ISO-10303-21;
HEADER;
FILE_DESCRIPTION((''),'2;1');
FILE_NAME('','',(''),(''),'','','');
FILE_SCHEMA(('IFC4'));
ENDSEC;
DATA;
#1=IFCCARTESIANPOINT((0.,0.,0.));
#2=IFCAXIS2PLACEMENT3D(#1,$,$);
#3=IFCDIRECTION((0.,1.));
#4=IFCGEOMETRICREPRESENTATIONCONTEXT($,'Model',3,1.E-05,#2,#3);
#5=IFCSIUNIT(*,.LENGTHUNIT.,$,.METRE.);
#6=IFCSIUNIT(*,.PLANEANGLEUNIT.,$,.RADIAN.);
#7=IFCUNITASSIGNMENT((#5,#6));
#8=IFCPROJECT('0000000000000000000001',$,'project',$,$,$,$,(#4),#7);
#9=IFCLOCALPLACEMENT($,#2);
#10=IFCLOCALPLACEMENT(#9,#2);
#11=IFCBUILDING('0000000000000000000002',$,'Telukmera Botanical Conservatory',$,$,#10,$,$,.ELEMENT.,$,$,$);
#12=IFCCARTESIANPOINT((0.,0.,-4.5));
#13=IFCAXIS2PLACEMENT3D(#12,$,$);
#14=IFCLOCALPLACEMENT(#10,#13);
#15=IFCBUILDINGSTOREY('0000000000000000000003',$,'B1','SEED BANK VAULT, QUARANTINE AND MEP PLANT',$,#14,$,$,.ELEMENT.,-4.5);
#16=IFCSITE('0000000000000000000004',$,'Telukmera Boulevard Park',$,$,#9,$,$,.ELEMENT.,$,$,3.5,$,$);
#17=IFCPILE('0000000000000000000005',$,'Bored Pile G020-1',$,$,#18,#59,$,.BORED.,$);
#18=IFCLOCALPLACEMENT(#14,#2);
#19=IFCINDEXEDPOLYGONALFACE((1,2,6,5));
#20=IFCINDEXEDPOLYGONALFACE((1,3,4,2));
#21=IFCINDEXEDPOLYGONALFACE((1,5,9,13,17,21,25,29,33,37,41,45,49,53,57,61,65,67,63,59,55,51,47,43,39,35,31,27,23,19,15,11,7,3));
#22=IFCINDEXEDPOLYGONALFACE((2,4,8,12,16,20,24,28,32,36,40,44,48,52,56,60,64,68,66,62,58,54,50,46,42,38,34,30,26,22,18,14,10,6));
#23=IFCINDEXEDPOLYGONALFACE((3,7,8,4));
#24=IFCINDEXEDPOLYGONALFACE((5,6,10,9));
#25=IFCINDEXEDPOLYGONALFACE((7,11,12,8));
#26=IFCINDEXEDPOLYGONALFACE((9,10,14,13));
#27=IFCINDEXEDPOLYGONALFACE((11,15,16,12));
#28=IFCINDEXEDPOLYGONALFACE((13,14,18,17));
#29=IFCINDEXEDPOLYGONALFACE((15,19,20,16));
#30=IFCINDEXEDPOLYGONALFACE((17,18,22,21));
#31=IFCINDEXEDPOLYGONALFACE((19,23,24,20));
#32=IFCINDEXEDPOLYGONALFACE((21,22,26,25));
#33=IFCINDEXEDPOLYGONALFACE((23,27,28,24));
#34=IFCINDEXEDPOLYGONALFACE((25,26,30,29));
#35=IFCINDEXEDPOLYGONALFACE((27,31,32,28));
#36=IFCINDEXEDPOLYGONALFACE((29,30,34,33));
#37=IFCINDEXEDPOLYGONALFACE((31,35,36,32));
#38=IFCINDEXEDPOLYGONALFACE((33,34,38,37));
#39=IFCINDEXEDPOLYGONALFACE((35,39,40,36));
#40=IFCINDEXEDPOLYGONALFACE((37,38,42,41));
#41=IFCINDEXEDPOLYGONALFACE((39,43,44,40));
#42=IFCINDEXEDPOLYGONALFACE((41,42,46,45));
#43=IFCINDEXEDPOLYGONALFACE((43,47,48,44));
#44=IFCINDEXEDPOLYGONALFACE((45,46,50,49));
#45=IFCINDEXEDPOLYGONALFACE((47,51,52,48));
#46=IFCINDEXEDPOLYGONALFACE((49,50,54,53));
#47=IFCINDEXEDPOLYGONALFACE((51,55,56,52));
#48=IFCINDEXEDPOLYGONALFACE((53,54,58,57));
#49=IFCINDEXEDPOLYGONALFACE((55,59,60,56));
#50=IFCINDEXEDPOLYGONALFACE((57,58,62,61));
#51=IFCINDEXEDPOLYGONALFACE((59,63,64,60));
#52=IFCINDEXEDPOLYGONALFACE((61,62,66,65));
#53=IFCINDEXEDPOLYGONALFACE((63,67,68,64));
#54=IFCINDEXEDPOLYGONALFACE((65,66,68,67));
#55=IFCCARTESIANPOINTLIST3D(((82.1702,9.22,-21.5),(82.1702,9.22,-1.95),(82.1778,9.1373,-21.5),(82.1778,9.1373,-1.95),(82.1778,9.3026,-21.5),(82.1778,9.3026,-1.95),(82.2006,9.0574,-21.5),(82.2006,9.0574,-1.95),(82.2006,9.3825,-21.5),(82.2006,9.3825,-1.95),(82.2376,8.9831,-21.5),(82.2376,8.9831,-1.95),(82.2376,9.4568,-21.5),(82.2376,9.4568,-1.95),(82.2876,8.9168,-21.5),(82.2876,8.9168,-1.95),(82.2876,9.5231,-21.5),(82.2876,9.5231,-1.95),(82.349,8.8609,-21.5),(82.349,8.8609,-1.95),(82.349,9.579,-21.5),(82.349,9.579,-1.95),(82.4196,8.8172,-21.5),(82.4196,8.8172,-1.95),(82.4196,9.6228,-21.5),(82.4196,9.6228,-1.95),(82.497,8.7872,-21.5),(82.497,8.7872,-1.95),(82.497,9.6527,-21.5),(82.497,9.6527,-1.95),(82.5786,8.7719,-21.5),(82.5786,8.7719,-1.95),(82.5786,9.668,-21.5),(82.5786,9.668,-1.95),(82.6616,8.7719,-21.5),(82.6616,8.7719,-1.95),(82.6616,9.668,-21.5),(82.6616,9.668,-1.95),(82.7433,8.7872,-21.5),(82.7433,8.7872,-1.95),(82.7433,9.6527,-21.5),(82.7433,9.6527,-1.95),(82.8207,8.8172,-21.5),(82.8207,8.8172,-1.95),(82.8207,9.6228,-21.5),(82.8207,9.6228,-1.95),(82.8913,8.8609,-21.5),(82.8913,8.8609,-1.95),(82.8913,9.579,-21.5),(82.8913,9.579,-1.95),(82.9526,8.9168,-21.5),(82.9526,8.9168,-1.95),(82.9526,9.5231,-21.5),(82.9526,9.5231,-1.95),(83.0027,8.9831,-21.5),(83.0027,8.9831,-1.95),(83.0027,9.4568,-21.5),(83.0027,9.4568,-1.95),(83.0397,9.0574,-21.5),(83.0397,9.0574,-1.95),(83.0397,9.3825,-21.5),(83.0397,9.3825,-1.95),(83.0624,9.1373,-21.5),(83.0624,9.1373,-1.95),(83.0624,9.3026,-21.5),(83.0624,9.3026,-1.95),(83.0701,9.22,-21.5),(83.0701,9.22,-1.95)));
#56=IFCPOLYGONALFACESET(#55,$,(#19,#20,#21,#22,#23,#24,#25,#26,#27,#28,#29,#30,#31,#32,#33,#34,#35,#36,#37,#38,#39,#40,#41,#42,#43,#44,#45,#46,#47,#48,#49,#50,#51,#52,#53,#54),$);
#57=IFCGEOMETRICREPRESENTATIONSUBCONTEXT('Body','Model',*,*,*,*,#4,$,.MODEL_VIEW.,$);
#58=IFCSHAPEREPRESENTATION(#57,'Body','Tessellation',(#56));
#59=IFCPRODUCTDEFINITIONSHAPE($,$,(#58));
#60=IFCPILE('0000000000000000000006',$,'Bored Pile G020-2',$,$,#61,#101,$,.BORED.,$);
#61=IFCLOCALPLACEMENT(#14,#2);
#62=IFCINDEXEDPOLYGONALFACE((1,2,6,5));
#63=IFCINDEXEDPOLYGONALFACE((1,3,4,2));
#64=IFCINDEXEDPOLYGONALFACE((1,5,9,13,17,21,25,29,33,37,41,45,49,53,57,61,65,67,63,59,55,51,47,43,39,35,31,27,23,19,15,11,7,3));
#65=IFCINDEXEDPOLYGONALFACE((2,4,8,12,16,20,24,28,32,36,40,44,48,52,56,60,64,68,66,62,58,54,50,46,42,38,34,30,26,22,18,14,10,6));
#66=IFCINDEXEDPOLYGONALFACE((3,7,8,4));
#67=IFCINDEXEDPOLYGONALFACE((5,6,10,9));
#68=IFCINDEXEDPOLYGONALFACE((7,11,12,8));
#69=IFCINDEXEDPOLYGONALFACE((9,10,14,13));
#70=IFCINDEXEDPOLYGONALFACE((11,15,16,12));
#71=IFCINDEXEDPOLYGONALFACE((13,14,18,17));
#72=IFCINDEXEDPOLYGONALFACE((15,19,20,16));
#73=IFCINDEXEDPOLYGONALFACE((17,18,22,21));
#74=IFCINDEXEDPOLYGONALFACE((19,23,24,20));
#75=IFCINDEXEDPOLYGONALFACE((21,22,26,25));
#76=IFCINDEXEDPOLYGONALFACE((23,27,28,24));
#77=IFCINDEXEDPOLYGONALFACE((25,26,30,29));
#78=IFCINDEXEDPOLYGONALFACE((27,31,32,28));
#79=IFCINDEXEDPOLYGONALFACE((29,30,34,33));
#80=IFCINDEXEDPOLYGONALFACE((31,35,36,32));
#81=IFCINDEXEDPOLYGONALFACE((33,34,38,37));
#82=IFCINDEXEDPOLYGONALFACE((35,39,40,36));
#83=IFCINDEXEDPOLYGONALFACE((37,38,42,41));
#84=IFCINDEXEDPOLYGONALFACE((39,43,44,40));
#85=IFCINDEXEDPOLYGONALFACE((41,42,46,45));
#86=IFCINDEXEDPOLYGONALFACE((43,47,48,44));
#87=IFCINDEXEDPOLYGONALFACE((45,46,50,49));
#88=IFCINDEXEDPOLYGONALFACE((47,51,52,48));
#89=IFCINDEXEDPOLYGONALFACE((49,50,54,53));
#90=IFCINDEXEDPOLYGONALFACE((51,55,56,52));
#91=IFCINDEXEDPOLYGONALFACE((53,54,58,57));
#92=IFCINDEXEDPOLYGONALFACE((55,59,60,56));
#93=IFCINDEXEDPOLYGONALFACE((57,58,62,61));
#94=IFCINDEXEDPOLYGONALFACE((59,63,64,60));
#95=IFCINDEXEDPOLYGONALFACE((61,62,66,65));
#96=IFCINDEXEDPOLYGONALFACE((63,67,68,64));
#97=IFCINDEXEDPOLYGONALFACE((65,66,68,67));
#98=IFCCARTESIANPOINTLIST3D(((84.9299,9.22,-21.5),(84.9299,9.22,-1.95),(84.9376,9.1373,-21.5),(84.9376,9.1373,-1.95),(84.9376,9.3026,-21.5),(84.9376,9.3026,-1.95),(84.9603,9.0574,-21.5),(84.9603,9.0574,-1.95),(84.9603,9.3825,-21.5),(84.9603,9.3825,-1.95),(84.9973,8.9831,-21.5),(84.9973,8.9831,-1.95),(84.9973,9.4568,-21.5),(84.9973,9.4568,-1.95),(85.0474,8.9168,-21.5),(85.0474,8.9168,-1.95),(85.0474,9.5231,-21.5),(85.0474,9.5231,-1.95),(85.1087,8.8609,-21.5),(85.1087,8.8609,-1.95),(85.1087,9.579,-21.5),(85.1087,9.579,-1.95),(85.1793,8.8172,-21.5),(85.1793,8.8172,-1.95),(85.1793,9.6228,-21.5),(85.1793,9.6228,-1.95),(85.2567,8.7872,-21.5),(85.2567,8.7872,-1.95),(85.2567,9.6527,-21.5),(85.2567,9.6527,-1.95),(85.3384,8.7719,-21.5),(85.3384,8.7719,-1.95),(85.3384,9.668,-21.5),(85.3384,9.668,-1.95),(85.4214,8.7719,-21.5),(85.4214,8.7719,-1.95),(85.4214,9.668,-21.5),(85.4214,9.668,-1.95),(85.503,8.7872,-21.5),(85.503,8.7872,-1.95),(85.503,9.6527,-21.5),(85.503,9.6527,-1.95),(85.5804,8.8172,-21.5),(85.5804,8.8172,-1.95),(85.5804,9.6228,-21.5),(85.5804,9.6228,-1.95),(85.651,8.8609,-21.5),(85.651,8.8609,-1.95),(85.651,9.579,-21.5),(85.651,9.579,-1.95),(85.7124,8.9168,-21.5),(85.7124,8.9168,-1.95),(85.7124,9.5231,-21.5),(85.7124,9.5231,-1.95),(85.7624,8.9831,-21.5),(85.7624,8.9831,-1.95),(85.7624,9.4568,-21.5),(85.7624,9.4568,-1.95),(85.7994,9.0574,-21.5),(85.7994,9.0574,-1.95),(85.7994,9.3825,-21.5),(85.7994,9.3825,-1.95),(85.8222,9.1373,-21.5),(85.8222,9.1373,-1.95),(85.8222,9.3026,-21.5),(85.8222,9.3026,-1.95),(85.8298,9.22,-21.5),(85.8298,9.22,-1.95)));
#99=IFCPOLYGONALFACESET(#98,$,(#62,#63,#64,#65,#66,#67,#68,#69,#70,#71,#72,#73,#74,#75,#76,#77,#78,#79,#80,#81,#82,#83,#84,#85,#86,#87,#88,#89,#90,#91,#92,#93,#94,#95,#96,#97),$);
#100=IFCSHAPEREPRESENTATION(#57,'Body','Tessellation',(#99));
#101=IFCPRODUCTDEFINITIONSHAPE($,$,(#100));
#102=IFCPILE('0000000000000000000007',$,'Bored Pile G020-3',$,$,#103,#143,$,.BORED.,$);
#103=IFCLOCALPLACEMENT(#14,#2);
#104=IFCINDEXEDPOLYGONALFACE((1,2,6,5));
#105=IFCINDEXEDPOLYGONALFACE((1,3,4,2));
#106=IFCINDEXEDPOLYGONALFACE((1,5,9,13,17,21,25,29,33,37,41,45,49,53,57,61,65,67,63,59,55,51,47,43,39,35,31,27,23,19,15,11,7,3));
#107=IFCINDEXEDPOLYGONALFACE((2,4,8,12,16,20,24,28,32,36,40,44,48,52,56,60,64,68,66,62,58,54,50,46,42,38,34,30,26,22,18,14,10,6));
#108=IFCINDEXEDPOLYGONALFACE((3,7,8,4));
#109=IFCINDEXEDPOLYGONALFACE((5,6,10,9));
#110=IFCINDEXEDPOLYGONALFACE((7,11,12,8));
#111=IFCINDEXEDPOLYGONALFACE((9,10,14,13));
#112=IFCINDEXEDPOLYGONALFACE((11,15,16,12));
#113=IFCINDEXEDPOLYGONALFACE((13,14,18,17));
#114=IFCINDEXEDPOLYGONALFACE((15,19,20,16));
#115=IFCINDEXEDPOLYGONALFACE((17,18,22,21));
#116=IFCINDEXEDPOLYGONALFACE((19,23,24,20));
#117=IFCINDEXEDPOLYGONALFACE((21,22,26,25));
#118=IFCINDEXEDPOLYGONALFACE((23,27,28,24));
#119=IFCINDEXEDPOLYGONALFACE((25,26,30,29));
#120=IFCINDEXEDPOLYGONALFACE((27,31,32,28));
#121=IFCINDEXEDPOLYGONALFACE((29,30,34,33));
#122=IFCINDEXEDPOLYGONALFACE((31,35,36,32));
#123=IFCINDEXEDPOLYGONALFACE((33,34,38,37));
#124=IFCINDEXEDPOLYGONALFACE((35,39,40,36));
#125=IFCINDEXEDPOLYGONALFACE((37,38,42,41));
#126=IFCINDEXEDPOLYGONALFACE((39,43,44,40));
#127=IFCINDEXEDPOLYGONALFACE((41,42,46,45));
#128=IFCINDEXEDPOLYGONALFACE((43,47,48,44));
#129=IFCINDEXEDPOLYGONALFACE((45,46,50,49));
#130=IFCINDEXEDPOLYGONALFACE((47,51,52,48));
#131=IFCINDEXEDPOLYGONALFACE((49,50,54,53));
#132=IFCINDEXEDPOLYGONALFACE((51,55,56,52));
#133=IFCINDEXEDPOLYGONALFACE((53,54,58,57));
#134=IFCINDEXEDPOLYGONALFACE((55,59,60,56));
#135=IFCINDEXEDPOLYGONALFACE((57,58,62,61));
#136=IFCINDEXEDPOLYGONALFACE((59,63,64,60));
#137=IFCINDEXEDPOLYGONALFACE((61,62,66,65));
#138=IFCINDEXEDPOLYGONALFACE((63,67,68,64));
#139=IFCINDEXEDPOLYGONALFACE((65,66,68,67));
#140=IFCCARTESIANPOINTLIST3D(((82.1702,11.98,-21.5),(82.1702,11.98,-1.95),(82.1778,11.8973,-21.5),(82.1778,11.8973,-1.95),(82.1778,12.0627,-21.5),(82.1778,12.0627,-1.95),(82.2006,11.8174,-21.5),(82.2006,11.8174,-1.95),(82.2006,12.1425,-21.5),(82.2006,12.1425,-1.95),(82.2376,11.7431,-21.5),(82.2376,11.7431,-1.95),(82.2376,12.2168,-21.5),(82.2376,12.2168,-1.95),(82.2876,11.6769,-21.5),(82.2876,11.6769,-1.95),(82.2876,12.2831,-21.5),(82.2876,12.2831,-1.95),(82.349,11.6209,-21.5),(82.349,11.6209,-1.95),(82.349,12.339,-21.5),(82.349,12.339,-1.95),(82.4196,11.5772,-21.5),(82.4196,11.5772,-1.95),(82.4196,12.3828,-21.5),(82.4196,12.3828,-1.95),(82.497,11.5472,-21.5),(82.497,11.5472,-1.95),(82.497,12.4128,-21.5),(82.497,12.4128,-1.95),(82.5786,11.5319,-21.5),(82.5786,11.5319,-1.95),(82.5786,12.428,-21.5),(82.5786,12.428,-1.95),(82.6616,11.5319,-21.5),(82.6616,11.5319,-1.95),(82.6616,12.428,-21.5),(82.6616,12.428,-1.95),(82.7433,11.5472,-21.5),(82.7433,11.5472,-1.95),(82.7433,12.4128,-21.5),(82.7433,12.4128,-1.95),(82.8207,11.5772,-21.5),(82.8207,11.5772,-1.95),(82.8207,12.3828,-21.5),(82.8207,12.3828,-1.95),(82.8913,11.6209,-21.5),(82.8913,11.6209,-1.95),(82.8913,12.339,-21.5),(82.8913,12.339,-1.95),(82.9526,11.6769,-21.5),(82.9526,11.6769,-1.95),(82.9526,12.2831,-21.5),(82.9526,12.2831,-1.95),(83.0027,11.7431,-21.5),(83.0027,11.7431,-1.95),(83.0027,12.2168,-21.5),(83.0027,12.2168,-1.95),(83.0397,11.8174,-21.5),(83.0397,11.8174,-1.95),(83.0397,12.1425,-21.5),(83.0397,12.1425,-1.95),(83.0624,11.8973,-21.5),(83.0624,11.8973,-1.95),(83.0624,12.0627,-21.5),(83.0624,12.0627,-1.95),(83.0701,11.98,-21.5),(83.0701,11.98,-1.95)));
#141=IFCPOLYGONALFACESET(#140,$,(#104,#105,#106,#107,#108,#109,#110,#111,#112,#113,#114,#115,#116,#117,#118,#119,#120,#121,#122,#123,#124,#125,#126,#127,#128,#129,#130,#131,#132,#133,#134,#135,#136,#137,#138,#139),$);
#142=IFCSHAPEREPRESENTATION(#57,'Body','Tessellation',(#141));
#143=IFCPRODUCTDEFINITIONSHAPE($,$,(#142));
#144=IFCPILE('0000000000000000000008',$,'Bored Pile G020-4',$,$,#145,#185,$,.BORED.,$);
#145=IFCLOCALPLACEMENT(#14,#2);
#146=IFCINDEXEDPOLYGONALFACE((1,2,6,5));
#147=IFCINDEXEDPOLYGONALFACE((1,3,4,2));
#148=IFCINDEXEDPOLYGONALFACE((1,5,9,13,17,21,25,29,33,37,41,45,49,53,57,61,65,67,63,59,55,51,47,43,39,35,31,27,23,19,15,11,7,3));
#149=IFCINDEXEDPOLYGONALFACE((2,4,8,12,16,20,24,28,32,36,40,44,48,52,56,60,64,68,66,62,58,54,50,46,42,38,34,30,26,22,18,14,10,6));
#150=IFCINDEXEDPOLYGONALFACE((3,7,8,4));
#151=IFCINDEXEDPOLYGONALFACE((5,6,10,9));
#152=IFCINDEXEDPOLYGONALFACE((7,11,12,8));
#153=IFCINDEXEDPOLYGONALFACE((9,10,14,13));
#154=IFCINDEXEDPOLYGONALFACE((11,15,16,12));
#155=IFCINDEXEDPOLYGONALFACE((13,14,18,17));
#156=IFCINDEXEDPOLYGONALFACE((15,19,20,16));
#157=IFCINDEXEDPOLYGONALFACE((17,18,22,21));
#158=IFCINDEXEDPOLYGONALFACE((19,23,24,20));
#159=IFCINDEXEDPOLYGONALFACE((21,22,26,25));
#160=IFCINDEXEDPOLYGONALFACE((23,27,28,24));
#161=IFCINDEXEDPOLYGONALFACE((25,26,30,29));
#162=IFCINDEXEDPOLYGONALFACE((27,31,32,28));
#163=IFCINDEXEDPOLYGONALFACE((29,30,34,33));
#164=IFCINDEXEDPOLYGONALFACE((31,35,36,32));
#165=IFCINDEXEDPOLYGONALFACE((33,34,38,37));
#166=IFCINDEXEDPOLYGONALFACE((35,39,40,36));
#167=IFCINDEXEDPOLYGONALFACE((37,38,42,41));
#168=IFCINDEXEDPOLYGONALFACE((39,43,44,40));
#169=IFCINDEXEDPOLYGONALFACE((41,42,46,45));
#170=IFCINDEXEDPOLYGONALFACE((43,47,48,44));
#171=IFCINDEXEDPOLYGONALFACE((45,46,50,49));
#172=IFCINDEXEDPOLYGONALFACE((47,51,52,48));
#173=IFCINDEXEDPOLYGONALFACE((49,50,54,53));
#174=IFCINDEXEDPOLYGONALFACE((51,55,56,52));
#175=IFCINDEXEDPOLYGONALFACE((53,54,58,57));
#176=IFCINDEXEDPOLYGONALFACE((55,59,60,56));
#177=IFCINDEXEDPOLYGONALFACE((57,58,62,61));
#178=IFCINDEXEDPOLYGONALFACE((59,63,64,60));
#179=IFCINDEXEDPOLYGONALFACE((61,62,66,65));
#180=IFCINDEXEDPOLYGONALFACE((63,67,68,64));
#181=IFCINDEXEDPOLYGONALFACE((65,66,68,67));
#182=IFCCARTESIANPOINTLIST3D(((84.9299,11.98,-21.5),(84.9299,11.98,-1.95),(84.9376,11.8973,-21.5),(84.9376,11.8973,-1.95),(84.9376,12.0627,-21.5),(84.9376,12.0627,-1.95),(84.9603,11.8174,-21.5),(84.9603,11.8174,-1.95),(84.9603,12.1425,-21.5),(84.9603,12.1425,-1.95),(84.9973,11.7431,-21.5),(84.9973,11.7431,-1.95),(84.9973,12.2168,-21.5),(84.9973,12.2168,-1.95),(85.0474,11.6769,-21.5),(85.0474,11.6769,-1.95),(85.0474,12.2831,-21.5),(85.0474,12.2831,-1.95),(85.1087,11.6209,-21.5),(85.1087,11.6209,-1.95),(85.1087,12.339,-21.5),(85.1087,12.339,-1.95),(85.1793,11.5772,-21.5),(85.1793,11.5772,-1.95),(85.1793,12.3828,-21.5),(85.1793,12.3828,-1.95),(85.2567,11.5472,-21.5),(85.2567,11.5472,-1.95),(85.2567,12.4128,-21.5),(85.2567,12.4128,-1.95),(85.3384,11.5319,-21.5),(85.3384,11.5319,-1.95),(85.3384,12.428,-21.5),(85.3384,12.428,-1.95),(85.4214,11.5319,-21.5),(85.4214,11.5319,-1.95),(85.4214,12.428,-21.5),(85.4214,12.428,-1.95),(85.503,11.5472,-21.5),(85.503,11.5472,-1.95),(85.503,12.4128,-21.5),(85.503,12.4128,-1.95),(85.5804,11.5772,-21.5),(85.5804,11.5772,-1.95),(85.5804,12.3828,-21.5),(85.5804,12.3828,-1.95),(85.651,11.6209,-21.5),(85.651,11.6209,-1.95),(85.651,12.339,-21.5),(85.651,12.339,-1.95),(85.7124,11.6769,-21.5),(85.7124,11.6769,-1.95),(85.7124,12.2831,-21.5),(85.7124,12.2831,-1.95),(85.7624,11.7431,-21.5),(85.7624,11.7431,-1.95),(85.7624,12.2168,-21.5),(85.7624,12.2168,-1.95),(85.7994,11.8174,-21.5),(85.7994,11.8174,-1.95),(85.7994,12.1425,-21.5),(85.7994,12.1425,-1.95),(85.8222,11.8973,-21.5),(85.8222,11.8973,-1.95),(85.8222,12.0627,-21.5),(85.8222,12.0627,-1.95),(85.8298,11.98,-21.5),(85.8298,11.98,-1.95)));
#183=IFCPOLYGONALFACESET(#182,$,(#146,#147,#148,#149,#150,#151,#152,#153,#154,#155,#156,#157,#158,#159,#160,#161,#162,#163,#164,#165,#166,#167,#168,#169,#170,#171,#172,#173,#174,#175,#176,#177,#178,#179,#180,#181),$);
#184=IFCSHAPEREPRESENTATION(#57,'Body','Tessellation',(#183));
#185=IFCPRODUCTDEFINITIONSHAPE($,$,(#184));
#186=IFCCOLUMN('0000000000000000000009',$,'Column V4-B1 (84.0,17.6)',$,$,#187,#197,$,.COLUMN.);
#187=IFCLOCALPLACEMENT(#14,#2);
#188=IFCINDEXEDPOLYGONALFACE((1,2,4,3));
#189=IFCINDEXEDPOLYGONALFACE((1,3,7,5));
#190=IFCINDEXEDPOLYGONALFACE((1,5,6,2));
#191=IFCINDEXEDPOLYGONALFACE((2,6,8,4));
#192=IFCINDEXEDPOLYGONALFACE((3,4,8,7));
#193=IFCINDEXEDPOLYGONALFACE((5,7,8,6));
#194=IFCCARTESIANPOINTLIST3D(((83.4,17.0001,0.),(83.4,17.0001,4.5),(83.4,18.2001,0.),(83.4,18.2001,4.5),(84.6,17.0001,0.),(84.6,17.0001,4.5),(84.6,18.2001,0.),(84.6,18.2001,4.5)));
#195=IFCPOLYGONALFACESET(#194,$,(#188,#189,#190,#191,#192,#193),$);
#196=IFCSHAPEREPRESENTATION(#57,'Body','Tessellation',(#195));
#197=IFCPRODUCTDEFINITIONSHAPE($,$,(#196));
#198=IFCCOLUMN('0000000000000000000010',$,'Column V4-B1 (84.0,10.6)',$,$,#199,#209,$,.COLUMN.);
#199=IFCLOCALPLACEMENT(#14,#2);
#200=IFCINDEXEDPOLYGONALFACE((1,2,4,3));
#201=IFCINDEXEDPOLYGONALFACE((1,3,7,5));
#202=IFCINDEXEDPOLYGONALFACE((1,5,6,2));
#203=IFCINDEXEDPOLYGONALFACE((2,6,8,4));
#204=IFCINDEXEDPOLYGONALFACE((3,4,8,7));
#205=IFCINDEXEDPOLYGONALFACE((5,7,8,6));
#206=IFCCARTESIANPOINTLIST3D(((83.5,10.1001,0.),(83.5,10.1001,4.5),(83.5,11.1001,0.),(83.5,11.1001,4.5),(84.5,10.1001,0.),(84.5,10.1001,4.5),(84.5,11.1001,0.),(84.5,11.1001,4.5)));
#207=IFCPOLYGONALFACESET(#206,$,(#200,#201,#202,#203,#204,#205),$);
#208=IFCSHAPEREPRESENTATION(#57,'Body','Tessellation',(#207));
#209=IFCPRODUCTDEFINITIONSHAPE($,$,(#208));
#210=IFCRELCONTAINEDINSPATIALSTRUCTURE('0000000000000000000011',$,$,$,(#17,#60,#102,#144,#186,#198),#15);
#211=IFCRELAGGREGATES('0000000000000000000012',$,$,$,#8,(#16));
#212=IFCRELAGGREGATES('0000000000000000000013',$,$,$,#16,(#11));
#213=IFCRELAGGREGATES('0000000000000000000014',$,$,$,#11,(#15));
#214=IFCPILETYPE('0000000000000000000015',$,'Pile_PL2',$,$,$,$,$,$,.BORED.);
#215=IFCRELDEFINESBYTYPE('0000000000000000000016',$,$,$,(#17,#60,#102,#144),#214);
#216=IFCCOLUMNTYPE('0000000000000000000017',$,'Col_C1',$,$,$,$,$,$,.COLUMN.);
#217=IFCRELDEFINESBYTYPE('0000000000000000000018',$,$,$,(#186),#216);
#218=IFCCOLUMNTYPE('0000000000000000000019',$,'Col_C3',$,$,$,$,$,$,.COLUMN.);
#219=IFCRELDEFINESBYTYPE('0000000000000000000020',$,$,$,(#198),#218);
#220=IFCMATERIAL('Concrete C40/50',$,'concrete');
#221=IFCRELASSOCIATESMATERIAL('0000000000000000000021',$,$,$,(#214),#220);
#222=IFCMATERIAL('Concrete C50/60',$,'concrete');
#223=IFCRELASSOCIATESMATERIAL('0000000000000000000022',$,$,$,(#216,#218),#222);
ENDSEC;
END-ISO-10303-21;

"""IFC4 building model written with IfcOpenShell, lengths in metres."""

from ifc_helpers import new_model, si_unit, direction, frame, origin, origin_2d, place, context, subcontext, project, spatial, rectangle, circle, extrude, material, material_profile, profile_set, type_object, element, save


model = new_model("IFC4")

# Units and contexts
model_context = context("Model", 3, precision=1e-05, world=origin(), true_north=direction((0.0, 1.0)))
body_context = subcontext(model_context, "Body", "Model", "MODEL_VIEW")
ifc_project = project(units=[si_unit("LENGTHUNIT", "METRE"), si_unit("PLANEANGLEUNIT", "RADIAN")], contexts=[model_context])

# Site, building, storey
site_placement = place(None, origin())
site = spatial("IfcSite", under=ifc_project, at=site_placement, Name="Telukmera Boulevard Park", CompositionType="ELEMENT", RefElevation=3.5)
building_placement = place(site_placement, origin())
building = spatial("IfcBuilding", under=site, at=building_placement, Name="Telukmera Botanical Conservatory", CompositionType="ELEMENT")
storey_placement = place(building_placement, frame((0.0, 0.0, -4.5)))
storey = spatial("IfcBuildingStorey", under=building, at=storey_placement, Name="B1", Description="SEED BANK VAULT, QUARANTINE AND MEP PLANT", CompositionType="ELEMENT", Elevation=-4.5)

# Shared definitions
ifc_material_1 = material(Name="Concrete C50/60", Category="concrete")
ifc_material_2 = material(Name="Concrete C40/50", Category="concrete")

# Piles
ifc_material_profile_1 = material_profile(ifc_material_2, circle(Radius=0.45, at=origin_2d()), Name="PILE D900")
ifc_profile_set_1 = profile_set([ifc_material_profile_1], Name="Concrete C40/50")
pile_type_1 = type_object("IfcPileType", Name="Pile_PL2", PredefinedType="BORED", material=ifc_profile_set_1)
for number, where, z_axis, x_axis, name in (
    (1, (82.6201, 9.22, -1.95), (0.0, 0.0, -1.0), (1.0, 0.0, 0.0), "Bored Pile G020-1"),
    (2, (85.3799, 9.22, -1.95), (0.0, 0.0, -1.0), (1.0, 0.0, 0.0), "Bored Pile G020-2"),
    (3, (82.6201, 11.98, -1.95), (0.0, 0.0, -1.0), (1.0, 0.0, 0.0), "Bored Pile G020-3"),
    (4, (85.3799, 11.98, -1.95), (0.0, 0.0, -1.0), (1.0, 0.0, 0.0), "Bored Pile G020-4"),
):
    element("IfcPile", number, at=place(storey_placement, frame(where, z_axis=z_axis, x_axis=x_axis)), inside=storey, type_object=pile_type_1, Name=name, PredefinedType="BORED", context=body_context, shape_type="SweptSolid", body=[
        extrude(circle(Radius=0.45, at=origin_2d()), origin(), (0.0, 0.0, 1.0), 19.55),
    ])

# Columns
ifc_material_profile_2 = material_profile(ifc_material_1, rectangle(XDim=1.2, YDim=1.2, at=origin_2d()), Name="RC 1200x1200")
ifc_profile_set_2 = profile_set([ifc_material_profile_2], Name="Concrete C50/60")
column_type_1 = type_object("IfcColumnType", Name="Col_C1", PredefinedType="COLUMN", material=ifc_profile_set_2)
column_1_placement = place(storey_placement, frame((84.0, 17.6001, 0.0), z_axis=(0.0, 0.0, 1.0), x_axis=(1.0, 0.0, 0.0)))
element("IfcColumn", 5, at=column_1_placement, inside=storey, type_object=column_type_1, Name="Column V4-B1 (84.0,17.6)", PredefinedType="COLUMN", context=body_context, shape_type="SweptSolid", body=[
    extrude(rectangle(XDim=1.2, YDim=1.2, at=origin_2d()), origin(), (0.0, 0.0, 1.0), 4.5),
])
ifc_material_profile_3 = material_profile(ifc_material_1, rectangle(XDim=1.0, YDim=1.0, at=origin_2d()), Name="RC 1000x1000")
ifc_profile_set_3 = profile_set([ifc_material_profile_3], Name="Concrete C50/60")
column_type_2 = type_object("IfcColumnType", Name="Col_C3", PredefinedType="COLUMN", material=ifc_profile_set_3)
column_2_placement = place(storey_placement, frame((84.0, 10.6001, 0.0), z_axis=(0.0, 0.0, 1.0), x_axis=(1.0, 0.0, 0.0)))
element("IfcColumn", 6, at=column_2_placement, inside=storey, type_object=column_type_2, Name="Column V4-B1 (84.0,10.6)", PredefinedType="COLUMN", context=body_context, shape_type="SweptSolid", body=[
    extrude(rectangle(XDim=1.0, YDim=1.0, at=origin_2d()), origin(), (0.0, 0.0, 1.0), 4.5),
])

save(model, "model.ifc")
